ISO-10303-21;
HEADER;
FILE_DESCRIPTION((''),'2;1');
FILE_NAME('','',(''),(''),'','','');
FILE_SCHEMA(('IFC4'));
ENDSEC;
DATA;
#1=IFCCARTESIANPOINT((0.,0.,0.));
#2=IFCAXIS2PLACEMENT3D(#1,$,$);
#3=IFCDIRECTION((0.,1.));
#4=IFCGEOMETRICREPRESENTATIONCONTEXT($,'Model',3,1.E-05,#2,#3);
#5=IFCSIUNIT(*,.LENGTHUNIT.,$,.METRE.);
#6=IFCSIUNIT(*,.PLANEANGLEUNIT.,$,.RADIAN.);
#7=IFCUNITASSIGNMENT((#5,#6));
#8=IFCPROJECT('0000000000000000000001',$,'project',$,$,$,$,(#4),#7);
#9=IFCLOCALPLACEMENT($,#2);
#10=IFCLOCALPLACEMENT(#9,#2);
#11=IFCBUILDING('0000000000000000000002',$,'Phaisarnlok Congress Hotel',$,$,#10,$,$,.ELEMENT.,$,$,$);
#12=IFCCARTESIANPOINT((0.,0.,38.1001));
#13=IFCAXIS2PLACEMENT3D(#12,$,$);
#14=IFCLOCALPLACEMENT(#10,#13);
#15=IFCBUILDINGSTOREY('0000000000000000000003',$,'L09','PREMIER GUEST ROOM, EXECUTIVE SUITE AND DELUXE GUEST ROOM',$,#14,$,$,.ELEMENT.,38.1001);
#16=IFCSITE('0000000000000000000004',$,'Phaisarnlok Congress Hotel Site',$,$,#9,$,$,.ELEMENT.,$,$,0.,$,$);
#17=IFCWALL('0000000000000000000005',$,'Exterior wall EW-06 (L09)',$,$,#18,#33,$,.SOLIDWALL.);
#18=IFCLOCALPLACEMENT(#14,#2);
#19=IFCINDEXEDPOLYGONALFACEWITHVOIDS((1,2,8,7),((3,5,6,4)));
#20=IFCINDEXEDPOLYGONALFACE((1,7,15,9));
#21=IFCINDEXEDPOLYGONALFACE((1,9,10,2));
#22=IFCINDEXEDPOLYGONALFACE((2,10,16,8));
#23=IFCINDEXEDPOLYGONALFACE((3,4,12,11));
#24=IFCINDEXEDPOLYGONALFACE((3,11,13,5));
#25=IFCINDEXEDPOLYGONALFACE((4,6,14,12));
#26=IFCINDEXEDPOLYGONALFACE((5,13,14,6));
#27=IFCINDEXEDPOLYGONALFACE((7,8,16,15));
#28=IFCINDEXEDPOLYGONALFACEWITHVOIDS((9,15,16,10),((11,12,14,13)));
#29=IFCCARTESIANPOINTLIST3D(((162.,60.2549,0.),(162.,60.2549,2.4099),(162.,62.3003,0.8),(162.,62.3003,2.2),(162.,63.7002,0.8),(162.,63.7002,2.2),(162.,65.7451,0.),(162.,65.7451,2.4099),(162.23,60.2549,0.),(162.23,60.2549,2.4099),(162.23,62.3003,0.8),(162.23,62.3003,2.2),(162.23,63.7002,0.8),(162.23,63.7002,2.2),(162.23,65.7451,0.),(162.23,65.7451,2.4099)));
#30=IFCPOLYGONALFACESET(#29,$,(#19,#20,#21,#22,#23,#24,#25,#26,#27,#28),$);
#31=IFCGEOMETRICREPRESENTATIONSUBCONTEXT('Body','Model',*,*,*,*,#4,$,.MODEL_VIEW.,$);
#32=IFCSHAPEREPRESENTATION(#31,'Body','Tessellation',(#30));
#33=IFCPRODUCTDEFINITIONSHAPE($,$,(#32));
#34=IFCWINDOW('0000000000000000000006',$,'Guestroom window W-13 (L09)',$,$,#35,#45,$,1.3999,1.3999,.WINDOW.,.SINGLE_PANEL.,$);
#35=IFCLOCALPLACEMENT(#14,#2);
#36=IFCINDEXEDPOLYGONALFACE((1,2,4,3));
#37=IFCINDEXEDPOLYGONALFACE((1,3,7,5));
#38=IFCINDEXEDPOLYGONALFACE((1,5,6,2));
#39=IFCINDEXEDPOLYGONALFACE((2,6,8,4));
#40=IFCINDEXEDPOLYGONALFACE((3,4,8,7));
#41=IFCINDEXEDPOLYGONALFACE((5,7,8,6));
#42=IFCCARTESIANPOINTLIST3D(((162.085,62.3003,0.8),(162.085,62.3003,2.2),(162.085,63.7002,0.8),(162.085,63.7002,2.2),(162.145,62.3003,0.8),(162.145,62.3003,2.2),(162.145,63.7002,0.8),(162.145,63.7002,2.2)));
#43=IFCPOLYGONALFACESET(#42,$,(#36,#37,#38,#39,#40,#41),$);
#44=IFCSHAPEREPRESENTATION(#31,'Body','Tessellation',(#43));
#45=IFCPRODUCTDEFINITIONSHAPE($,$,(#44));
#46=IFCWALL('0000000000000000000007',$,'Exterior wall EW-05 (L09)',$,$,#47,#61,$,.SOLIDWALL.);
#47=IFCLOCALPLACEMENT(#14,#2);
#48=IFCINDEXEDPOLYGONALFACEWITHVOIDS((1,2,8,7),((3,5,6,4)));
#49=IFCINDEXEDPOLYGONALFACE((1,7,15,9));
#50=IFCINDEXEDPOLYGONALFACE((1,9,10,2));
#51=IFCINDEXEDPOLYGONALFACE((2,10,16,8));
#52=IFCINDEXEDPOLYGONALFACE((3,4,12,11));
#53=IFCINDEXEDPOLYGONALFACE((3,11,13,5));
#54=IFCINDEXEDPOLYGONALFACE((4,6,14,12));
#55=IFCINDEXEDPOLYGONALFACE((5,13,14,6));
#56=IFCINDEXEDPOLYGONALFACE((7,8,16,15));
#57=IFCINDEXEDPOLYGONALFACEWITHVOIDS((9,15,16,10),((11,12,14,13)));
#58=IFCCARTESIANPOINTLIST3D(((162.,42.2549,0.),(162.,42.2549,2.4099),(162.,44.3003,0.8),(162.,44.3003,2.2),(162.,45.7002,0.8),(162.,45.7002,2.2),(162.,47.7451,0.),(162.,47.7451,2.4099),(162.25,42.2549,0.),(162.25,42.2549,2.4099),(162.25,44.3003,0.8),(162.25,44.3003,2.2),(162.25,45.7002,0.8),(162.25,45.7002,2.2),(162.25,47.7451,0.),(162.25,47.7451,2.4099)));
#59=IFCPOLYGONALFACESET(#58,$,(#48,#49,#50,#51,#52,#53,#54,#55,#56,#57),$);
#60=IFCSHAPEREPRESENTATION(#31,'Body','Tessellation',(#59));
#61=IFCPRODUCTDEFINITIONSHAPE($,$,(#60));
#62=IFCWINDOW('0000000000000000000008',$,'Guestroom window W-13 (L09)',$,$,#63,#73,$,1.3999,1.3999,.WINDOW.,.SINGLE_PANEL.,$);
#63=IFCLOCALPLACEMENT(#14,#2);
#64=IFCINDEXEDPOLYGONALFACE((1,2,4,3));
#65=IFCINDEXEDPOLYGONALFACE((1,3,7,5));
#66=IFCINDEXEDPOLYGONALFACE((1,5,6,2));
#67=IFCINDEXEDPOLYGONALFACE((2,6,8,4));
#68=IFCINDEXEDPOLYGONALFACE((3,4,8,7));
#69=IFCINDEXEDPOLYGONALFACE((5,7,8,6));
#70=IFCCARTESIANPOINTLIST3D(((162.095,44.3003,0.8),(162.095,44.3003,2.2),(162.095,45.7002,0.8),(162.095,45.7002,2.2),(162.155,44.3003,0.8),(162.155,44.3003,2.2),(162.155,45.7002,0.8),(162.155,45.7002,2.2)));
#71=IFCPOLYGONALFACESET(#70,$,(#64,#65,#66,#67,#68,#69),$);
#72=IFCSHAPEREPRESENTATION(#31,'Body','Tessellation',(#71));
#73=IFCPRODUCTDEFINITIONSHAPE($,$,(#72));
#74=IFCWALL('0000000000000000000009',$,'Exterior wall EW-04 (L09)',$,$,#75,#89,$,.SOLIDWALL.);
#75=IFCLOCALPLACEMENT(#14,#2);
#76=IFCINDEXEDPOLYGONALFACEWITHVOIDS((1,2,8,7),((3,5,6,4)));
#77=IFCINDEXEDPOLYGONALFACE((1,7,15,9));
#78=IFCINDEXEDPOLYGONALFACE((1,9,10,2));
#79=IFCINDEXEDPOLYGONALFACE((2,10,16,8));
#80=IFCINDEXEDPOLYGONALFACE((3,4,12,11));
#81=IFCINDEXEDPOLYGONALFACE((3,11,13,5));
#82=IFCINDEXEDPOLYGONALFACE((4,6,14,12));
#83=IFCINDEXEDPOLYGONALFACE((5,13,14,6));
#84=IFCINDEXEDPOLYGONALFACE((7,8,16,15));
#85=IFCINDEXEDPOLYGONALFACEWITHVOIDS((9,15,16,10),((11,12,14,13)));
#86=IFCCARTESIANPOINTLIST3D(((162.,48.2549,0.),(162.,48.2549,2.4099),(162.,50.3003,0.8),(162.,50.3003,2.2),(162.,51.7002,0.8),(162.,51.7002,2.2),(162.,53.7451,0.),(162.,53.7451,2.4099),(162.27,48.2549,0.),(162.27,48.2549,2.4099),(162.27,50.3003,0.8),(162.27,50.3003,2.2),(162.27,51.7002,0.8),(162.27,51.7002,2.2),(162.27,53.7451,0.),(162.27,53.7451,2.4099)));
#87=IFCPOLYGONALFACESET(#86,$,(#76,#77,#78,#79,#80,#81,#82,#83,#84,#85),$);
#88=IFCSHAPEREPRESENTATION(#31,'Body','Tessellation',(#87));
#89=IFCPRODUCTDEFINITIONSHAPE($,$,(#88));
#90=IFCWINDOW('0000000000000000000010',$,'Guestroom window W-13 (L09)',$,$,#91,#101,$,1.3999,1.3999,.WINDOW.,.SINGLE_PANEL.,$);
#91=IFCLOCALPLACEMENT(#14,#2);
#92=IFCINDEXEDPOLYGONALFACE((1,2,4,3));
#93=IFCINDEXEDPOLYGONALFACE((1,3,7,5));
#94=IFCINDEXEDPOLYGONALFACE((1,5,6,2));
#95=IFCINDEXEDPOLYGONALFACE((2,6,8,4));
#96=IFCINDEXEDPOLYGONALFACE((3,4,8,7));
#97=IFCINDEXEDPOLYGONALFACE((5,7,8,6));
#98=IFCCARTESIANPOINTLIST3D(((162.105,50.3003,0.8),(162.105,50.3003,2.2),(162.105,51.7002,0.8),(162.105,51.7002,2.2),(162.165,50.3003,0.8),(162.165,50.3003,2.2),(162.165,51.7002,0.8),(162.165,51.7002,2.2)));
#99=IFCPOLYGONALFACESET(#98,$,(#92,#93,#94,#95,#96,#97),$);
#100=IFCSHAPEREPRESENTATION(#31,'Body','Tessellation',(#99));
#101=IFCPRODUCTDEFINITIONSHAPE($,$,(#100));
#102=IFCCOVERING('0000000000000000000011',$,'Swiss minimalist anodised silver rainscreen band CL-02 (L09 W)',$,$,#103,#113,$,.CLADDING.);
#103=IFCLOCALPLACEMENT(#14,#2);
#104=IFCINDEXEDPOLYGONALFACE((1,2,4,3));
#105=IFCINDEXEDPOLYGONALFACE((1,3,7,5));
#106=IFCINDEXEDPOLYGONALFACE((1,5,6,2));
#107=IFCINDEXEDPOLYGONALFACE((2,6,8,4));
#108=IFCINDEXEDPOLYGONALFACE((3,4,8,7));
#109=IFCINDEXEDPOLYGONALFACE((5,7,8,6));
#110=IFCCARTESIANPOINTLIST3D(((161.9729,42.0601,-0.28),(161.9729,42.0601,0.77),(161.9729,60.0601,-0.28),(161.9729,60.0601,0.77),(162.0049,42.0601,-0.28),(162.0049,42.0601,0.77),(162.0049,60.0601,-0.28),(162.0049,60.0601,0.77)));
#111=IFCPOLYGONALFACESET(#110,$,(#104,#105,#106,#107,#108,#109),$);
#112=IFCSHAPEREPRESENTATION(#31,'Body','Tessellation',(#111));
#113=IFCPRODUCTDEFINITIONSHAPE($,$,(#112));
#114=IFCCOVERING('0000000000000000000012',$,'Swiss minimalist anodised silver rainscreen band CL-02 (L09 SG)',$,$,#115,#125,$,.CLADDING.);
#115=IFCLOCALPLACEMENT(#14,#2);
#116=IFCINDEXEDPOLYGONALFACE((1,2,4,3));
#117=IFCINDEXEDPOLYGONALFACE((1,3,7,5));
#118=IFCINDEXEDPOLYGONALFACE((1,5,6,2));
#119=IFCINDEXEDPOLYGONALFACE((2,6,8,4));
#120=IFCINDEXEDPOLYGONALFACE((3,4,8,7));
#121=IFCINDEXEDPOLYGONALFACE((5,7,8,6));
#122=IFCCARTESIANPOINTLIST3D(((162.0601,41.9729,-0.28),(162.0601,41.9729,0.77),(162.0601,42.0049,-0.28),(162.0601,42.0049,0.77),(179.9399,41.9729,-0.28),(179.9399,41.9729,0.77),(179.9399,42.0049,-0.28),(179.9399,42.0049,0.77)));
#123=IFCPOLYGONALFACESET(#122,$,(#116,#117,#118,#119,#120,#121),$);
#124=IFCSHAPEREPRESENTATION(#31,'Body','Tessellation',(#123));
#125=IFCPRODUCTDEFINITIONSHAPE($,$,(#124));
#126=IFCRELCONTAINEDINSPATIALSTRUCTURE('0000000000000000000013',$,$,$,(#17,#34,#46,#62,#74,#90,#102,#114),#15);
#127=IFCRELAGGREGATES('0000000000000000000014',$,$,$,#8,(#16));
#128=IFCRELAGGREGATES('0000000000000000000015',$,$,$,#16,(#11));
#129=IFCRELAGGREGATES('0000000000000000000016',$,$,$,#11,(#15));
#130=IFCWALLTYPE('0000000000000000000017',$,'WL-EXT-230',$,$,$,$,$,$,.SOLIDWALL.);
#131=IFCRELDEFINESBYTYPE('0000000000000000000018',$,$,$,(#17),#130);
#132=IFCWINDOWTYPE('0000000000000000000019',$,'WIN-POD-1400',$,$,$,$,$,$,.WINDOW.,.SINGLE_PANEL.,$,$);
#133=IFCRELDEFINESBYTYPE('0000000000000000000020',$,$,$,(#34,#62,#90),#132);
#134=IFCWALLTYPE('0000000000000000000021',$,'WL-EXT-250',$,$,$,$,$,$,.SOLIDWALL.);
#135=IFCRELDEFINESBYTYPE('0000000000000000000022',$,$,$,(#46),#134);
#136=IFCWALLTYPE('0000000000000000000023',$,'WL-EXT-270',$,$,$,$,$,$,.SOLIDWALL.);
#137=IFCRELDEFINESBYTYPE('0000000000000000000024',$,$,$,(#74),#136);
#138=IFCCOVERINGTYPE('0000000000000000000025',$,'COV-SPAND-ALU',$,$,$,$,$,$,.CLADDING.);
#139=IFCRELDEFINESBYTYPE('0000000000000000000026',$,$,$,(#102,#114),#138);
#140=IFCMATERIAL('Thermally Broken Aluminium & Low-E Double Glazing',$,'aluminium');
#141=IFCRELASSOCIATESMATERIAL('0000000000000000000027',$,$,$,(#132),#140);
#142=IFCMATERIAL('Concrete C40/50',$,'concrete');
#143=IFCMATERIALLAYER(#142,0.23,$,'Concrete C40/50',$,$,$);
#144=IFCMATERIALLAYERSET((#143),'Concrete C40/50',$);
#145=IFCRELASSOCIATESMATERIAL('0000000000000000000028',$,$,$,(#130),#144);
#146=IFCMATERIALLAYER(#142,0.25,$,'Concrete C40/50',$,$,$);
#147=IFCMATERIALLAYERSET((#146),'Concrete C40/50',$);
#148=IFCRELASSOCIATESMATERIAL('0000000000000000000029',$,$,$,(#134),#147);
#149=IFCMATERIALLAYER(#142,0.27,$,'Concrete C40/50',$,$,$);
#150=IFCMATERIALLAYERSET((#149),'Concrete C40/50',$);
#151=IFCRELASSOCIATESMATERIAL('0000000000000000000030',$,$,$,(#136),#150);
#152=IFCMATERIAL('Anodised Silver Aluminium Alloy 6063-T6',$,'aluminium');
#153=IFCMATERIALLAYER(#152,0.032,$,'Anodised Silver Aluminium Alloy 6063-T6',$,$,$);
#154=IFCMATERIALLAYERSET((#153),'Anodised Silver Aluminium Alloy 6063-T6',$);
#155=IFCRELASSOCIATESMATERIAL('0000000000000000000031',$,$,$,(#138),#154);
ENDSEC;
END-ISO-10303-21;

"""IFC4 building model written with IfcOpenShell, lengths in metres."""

from ifc_helpers import new_model, si_unit, direction, frame, frame_2d, origin, place, context, subcontext, project, spatial, polyline, rectangle, outline, extrude, material, layer, layer_set, type_object, element, fill, save


model = new_model("IFC4")

# Units and contexts
model_context = context("Model", 3, precision=1e-05, world=origin(), true_north=direction((0.0, 1.0)))
body_context = subcontext(model_context, "Body", "Model", "MODEL_VIEW")
ifc_project = project(units=[si_unit("LENGTHUNIT", "METRE"), si_unit("PLANEANGLEUNIT", "RADIAN")], contexts=[model_context])

# Site, building, storey
site_placement = place(None, origin())
site = spatial("IfcSite", under=ifc_project, at=site_placement, Name="Phaisarnlok Congress Hotel Site", CompositionType="ELEMENT", RefElevation=0.0)
building_placement = place(site_placement, origin())
building = spatial("IfcBuilding", under=site, at=building_placement, Name="Phaisarnlok Congress Hotel", CompositionType="ELEMENT")
storey_placement = place(building_placement, frame((0.0, 0.0, 38.1001)))
storey = spatial("IfcBuildingStorey", under=building, at=storey_placement, Name="L09", Description="PREMIER GUEST ROOM, EXECUTIVE SUITE AND DELUXE GUEST ROOM", CompositionType="ELEMENT", Elevation=38.1001)

# Shared definitions
ifc_material_1 = material(Name="Concrete C40/50", Category="concrete")

# Walls, openings, windows
ifc_material_2 = material(Name="Thermally Broken Aluminium & Low-E Double Glazing", Category="aluminium")
window_type = type_object("IfcWindowType", Name="WIN-POD-1400", PartitioningType="SINGLE_PANEL", PredefinedType="WINDOW", material=ifc_material_2)
ifc_layer_1 = layer(ifc_material_1, 0.23, Name="Concrete C40/50")
ifc_layer_set_1 = layer_set([ifc_layer_1], Name="Concrete C40/50")
wall_type_1 = type_object("IfcWallType", Name="WL-EXT-230", PredefinedType="SOLIDWALL", material=ifc_layer_set_1)
wall_1_placement = place(storey_placement, frame((162.115, 65.7451, 0.0), z_axis=(0.0, 0.0, 1.0), x_axis=(0.0, -1.0, 0.0)))
wall_1 = element("IfcWall", 1, at=wall_1_placement, inside=storey, type_object=wall_type_1, Name="Exterior wall EW-06 (L09)", PredefinedType="SOLIDWALL", context=body_context, shape_type="SweptSolid", body=[
    extrude(rectangle(XDim=5.4902, YDim=0.23, at=frame_2d((2.7451, 0.0))), origin(), (0.0, 0.0, 1.0), 2.4099),
])
opening_1_placement = place(wall_1_placement, frame((2.0449, 0.0, 0.8)))
opening_1 = element("IfcOpeningElement", 2, at=opening_1_placement, cuts=wall_1, PredefinedType="OPENING", context=body_context, shape_type="SweptSolid", body=[
    extrude(rectangle(XDim=1.3999, YDim=1.3999, at=frame_2d((0.7, 0.7))), frame((0.0, 0.125, 0.0), z_axis=(0.0, -1.0, 0.0), x_axis=(1.0, 0.0, 0.0)), (0.0, 0.0, 1.0), 0.25),
])
window_1_placement = place(opening_1_placement, origin())
window_1 = element("IfcWindow", 3, at=window_1_placement, inside=storey, type_object=window_type, Name="Guestroom window W-13 (L09)", OverallHeight=1.3999, OverallWidth=1.3999, PartitioningType="SINGLE_PANEL", PredefinedType="WINDOW", context=body_context, shape_type="SweptSolid", body=[
    extrude(rectangle(XDim=1.3999, YDim=1.3999, at=frame_2d((0.7, 0.7))), frame((0.0, 0.03, 0.0), z_axis=(0.0, -1.0, 0.0), x_axis=(1.0, 0.0, 0.0)), (0.0, 0.0, 1.0), 0.0601),
])
fill(opening_1, window_1)
ifc_layer_2 = layer(ifc_material_1, 0.25, Name="Concrete C40/50")
ifc_layer_set_2 = layer_set([ifc_layer_2], Name="Concrete C40/50")
wall_type_2 = type_object("IfcWallType", Name="WL-EXT-250", PredefinedType="SOLIDWALL", material=ifc_layer_set_2)
wall_2_placement = place(storey_placement, frame((162.125, 47.7451, 0.0), z_axis=(0.0, 0.0, 1.0), x_axis=(0.0, -1.0, 0.0)))
wall_2 = element("IfcWall", 4, at=wall_2_placement, inside=storey, type_object=wall_type_2, Name="Exterior wall EW-05 (L09)", PredefinedType="SOLIDWALL", context=body_context, shape_type="SweptSolid", body=[
    extrude(rectangle(XDim=5.4902, YDim=0.25, at=frame_2d((2.7451, 0.0))), origin(), (0.0, 0.0, 1.0), 2.4099),
])
opening_2_placement = place(wall_2_placement, frame((2.0449, 0.0, 0.8)))
opening_2 = element("IfcOpeningElement", 5, at=opening_2_placement, cuts=wall_2, PredefinedType="OPENING", context=body_context, shape_type="SweptSolid", body=[
    extrude(rectangle(XDim=1.3999, YDim=1.3999, at=frame_2d((0.7, 0.7))), frame((0.0, 0.135, 0.0), z_axis=(0.0, -1.0, 0.0), x_axis=(1.0, 0.0, 0.0)), (0.0, 0.0, 1.0), 0.27),
])
window_2_placement = place(opening_2_placement, origin())
window_2 = element("IfcWindow", 6, at=window_2_placement, inside=storey, type_object=window_type, Name="Guestroom window W-13 (L09)", OverallHeight=1.3999, OverallWidth=1.3999, PartitioningType="SINGLE_PANEL", PredefinedType="WINDOW", context=body_context, shape_type="SweptSolid", body=[
    extrude(rectangle(XDim=1.3999, YDim=1.3999, at=frame_2d((0.7, 0.7))), frame((0.0, 0.03, 0.0), z_axis=(0.0, -1.0, 0.0), x_axis=(1.0, 0.0, 0.0)), (0.0, 0.0, 1.0), 0.0601),
])
fill(opening_2, window_2)
ifc_layer_3 = layer(ifc_material_1, 0.27, Name="Concrete C40/50")
ifc_layer_set_3 = layer_set([ifc_layer_3], Name="Concrete C40/50")
wall_type_3 = type_object("IfcWallType", Name="WL-EXT-270", PredefinedType="SOLIDWALL", material=ifc_layer_set_3)
wall_3_placement = place(storey_placement, frame((162.135, 53.7451, 0.0), z_axis=(0.0, 0.0, 1.0), x_axis=(0.0, -1.0, 0.0)))
wall_3 = element("IfcWall", 7, at=wall_3_placement, inside=storey, type_object=wall_type_3, Name="Exterior wall EW-04 (L09)", PredefinedType="SOLIDWALL", context=body_context, shape_type="SweptSolid", body=[
    extrude(rectangle(XDim=5.4902, YDim=0.27, at=frame_2d((2.7451, 0.0))), origin(), (0.0, 0.0, 1.0), 2.4099),
])
opening_3_placement = place(wall_3_placement, frame((2.0449, 0.0, 0.8)))
opening_3 = element("IfcOpeningElement", 8, at=opening_3_placement, cuts=wall_3, PredefinedType="OPENING", context=body_context, shape_type="SweptSolid", body=[
    extrude(rectangle(XDim=1.3999, YDim=1.3999, at=frame_2d((0.7, 0.7))), frame((0.0, 0.145, 0.0), z_axis=(0.0, -1.0, 0.0), x_axis=(1.0, 0.0, 0.0)), (0.0, 0.0, 1.0), 0.29),
])
window_3_placement = place(opening_3_placement, origin())
window_3 = element("IfcWindow", 9, at=window_3_placement, inside=storey, type_object=window_type, Name="Guestroom window W-13 (L09)", OverallHeight=1.3999, OverallWidth=1.3999, PartitioningType="SINGLE_PANEL", PredefinedType="WINDOW", context=body_context, shape_type="SweptSolid", body=[
    extrude(rectangle(XDim=1.3999, YDim=1.3999, at=frame_2d((0.7, 0.7))), frame((0.0, 0.03, 0.0), z_axis=(0.0, -1.0, 0.0), x_axis=(1.0, 0.0, 0.0)), (0.0, 0.0, 1.0), 0.0601),
])
fill(opening_3, window_3)

# Coverings
ifc_material_3 = material(Name="Anodised Silver Aluminium Alloy 6063-T6", Category="aluminium")
ifc_layer_4 = layer(ifc_material_3, 0.032, Name="Anodised Silver Aluminium Alloy 6063-T6")
ifc_layer_set_4 = layer_set([ifc_layer_4], Name="Anodised Silver Aluminium Alloy 6063-T6")
covering_type = type_object("IfcCoveringType", Name="COV-SPAND-ALU", PredefinedType="CLADDING", material=ifc_layer_set_4)
covering_1_placement = place(storey_placement, frame((162.0049, 60.0601, -0.28), z_axis=(-1.0, 0.0, 0.0), x_axis=(0.0, -1.0, 0.0)))
element("IfcCovering", 10, at=covering_1_placement, inside=storey, type_object=covering_type, Name="Swiss minimalist anodised silver rainscreen band CL-02 (L09 W)", PredefinedType="CLADDING", context=body_context, shape_type="SweptSolid", body=[
    extrude(outline(polyline([(0.0, 0.0), (18.0, 0.0), (18.0, 1.05), (0.0, 1.05), (0.0, 0.0)])), origin(), (0.0, 0.0, 1.0), 0.032),
])
covering_2_placement = place(storey_placement, frame((162.0601, 42.0049, -0.28), z_axis=(0.0, -1.0, 0.0), x_axis=(1.0, 0.0, 0.0)))
element("IfcCovering", 11, at=covering_2_placement, inside=storey, type_object=covering_type, Name="Swiss minimalist anodised silver rainscreen band CL-02 (L09 SG)", PredefinedType="CLADDING", context=body_context, shape_type="SweptSolid", body=[
    extrude(outline(polyline([(0.0, 0.0), (17.8799, 0.0), (17.8799, 1.05), (0.0, 1.05), (0.0, 0.0)])), origin(), (0.0, 0.0, 1.0), 0.032),
])

save(model, "model.ifc")
